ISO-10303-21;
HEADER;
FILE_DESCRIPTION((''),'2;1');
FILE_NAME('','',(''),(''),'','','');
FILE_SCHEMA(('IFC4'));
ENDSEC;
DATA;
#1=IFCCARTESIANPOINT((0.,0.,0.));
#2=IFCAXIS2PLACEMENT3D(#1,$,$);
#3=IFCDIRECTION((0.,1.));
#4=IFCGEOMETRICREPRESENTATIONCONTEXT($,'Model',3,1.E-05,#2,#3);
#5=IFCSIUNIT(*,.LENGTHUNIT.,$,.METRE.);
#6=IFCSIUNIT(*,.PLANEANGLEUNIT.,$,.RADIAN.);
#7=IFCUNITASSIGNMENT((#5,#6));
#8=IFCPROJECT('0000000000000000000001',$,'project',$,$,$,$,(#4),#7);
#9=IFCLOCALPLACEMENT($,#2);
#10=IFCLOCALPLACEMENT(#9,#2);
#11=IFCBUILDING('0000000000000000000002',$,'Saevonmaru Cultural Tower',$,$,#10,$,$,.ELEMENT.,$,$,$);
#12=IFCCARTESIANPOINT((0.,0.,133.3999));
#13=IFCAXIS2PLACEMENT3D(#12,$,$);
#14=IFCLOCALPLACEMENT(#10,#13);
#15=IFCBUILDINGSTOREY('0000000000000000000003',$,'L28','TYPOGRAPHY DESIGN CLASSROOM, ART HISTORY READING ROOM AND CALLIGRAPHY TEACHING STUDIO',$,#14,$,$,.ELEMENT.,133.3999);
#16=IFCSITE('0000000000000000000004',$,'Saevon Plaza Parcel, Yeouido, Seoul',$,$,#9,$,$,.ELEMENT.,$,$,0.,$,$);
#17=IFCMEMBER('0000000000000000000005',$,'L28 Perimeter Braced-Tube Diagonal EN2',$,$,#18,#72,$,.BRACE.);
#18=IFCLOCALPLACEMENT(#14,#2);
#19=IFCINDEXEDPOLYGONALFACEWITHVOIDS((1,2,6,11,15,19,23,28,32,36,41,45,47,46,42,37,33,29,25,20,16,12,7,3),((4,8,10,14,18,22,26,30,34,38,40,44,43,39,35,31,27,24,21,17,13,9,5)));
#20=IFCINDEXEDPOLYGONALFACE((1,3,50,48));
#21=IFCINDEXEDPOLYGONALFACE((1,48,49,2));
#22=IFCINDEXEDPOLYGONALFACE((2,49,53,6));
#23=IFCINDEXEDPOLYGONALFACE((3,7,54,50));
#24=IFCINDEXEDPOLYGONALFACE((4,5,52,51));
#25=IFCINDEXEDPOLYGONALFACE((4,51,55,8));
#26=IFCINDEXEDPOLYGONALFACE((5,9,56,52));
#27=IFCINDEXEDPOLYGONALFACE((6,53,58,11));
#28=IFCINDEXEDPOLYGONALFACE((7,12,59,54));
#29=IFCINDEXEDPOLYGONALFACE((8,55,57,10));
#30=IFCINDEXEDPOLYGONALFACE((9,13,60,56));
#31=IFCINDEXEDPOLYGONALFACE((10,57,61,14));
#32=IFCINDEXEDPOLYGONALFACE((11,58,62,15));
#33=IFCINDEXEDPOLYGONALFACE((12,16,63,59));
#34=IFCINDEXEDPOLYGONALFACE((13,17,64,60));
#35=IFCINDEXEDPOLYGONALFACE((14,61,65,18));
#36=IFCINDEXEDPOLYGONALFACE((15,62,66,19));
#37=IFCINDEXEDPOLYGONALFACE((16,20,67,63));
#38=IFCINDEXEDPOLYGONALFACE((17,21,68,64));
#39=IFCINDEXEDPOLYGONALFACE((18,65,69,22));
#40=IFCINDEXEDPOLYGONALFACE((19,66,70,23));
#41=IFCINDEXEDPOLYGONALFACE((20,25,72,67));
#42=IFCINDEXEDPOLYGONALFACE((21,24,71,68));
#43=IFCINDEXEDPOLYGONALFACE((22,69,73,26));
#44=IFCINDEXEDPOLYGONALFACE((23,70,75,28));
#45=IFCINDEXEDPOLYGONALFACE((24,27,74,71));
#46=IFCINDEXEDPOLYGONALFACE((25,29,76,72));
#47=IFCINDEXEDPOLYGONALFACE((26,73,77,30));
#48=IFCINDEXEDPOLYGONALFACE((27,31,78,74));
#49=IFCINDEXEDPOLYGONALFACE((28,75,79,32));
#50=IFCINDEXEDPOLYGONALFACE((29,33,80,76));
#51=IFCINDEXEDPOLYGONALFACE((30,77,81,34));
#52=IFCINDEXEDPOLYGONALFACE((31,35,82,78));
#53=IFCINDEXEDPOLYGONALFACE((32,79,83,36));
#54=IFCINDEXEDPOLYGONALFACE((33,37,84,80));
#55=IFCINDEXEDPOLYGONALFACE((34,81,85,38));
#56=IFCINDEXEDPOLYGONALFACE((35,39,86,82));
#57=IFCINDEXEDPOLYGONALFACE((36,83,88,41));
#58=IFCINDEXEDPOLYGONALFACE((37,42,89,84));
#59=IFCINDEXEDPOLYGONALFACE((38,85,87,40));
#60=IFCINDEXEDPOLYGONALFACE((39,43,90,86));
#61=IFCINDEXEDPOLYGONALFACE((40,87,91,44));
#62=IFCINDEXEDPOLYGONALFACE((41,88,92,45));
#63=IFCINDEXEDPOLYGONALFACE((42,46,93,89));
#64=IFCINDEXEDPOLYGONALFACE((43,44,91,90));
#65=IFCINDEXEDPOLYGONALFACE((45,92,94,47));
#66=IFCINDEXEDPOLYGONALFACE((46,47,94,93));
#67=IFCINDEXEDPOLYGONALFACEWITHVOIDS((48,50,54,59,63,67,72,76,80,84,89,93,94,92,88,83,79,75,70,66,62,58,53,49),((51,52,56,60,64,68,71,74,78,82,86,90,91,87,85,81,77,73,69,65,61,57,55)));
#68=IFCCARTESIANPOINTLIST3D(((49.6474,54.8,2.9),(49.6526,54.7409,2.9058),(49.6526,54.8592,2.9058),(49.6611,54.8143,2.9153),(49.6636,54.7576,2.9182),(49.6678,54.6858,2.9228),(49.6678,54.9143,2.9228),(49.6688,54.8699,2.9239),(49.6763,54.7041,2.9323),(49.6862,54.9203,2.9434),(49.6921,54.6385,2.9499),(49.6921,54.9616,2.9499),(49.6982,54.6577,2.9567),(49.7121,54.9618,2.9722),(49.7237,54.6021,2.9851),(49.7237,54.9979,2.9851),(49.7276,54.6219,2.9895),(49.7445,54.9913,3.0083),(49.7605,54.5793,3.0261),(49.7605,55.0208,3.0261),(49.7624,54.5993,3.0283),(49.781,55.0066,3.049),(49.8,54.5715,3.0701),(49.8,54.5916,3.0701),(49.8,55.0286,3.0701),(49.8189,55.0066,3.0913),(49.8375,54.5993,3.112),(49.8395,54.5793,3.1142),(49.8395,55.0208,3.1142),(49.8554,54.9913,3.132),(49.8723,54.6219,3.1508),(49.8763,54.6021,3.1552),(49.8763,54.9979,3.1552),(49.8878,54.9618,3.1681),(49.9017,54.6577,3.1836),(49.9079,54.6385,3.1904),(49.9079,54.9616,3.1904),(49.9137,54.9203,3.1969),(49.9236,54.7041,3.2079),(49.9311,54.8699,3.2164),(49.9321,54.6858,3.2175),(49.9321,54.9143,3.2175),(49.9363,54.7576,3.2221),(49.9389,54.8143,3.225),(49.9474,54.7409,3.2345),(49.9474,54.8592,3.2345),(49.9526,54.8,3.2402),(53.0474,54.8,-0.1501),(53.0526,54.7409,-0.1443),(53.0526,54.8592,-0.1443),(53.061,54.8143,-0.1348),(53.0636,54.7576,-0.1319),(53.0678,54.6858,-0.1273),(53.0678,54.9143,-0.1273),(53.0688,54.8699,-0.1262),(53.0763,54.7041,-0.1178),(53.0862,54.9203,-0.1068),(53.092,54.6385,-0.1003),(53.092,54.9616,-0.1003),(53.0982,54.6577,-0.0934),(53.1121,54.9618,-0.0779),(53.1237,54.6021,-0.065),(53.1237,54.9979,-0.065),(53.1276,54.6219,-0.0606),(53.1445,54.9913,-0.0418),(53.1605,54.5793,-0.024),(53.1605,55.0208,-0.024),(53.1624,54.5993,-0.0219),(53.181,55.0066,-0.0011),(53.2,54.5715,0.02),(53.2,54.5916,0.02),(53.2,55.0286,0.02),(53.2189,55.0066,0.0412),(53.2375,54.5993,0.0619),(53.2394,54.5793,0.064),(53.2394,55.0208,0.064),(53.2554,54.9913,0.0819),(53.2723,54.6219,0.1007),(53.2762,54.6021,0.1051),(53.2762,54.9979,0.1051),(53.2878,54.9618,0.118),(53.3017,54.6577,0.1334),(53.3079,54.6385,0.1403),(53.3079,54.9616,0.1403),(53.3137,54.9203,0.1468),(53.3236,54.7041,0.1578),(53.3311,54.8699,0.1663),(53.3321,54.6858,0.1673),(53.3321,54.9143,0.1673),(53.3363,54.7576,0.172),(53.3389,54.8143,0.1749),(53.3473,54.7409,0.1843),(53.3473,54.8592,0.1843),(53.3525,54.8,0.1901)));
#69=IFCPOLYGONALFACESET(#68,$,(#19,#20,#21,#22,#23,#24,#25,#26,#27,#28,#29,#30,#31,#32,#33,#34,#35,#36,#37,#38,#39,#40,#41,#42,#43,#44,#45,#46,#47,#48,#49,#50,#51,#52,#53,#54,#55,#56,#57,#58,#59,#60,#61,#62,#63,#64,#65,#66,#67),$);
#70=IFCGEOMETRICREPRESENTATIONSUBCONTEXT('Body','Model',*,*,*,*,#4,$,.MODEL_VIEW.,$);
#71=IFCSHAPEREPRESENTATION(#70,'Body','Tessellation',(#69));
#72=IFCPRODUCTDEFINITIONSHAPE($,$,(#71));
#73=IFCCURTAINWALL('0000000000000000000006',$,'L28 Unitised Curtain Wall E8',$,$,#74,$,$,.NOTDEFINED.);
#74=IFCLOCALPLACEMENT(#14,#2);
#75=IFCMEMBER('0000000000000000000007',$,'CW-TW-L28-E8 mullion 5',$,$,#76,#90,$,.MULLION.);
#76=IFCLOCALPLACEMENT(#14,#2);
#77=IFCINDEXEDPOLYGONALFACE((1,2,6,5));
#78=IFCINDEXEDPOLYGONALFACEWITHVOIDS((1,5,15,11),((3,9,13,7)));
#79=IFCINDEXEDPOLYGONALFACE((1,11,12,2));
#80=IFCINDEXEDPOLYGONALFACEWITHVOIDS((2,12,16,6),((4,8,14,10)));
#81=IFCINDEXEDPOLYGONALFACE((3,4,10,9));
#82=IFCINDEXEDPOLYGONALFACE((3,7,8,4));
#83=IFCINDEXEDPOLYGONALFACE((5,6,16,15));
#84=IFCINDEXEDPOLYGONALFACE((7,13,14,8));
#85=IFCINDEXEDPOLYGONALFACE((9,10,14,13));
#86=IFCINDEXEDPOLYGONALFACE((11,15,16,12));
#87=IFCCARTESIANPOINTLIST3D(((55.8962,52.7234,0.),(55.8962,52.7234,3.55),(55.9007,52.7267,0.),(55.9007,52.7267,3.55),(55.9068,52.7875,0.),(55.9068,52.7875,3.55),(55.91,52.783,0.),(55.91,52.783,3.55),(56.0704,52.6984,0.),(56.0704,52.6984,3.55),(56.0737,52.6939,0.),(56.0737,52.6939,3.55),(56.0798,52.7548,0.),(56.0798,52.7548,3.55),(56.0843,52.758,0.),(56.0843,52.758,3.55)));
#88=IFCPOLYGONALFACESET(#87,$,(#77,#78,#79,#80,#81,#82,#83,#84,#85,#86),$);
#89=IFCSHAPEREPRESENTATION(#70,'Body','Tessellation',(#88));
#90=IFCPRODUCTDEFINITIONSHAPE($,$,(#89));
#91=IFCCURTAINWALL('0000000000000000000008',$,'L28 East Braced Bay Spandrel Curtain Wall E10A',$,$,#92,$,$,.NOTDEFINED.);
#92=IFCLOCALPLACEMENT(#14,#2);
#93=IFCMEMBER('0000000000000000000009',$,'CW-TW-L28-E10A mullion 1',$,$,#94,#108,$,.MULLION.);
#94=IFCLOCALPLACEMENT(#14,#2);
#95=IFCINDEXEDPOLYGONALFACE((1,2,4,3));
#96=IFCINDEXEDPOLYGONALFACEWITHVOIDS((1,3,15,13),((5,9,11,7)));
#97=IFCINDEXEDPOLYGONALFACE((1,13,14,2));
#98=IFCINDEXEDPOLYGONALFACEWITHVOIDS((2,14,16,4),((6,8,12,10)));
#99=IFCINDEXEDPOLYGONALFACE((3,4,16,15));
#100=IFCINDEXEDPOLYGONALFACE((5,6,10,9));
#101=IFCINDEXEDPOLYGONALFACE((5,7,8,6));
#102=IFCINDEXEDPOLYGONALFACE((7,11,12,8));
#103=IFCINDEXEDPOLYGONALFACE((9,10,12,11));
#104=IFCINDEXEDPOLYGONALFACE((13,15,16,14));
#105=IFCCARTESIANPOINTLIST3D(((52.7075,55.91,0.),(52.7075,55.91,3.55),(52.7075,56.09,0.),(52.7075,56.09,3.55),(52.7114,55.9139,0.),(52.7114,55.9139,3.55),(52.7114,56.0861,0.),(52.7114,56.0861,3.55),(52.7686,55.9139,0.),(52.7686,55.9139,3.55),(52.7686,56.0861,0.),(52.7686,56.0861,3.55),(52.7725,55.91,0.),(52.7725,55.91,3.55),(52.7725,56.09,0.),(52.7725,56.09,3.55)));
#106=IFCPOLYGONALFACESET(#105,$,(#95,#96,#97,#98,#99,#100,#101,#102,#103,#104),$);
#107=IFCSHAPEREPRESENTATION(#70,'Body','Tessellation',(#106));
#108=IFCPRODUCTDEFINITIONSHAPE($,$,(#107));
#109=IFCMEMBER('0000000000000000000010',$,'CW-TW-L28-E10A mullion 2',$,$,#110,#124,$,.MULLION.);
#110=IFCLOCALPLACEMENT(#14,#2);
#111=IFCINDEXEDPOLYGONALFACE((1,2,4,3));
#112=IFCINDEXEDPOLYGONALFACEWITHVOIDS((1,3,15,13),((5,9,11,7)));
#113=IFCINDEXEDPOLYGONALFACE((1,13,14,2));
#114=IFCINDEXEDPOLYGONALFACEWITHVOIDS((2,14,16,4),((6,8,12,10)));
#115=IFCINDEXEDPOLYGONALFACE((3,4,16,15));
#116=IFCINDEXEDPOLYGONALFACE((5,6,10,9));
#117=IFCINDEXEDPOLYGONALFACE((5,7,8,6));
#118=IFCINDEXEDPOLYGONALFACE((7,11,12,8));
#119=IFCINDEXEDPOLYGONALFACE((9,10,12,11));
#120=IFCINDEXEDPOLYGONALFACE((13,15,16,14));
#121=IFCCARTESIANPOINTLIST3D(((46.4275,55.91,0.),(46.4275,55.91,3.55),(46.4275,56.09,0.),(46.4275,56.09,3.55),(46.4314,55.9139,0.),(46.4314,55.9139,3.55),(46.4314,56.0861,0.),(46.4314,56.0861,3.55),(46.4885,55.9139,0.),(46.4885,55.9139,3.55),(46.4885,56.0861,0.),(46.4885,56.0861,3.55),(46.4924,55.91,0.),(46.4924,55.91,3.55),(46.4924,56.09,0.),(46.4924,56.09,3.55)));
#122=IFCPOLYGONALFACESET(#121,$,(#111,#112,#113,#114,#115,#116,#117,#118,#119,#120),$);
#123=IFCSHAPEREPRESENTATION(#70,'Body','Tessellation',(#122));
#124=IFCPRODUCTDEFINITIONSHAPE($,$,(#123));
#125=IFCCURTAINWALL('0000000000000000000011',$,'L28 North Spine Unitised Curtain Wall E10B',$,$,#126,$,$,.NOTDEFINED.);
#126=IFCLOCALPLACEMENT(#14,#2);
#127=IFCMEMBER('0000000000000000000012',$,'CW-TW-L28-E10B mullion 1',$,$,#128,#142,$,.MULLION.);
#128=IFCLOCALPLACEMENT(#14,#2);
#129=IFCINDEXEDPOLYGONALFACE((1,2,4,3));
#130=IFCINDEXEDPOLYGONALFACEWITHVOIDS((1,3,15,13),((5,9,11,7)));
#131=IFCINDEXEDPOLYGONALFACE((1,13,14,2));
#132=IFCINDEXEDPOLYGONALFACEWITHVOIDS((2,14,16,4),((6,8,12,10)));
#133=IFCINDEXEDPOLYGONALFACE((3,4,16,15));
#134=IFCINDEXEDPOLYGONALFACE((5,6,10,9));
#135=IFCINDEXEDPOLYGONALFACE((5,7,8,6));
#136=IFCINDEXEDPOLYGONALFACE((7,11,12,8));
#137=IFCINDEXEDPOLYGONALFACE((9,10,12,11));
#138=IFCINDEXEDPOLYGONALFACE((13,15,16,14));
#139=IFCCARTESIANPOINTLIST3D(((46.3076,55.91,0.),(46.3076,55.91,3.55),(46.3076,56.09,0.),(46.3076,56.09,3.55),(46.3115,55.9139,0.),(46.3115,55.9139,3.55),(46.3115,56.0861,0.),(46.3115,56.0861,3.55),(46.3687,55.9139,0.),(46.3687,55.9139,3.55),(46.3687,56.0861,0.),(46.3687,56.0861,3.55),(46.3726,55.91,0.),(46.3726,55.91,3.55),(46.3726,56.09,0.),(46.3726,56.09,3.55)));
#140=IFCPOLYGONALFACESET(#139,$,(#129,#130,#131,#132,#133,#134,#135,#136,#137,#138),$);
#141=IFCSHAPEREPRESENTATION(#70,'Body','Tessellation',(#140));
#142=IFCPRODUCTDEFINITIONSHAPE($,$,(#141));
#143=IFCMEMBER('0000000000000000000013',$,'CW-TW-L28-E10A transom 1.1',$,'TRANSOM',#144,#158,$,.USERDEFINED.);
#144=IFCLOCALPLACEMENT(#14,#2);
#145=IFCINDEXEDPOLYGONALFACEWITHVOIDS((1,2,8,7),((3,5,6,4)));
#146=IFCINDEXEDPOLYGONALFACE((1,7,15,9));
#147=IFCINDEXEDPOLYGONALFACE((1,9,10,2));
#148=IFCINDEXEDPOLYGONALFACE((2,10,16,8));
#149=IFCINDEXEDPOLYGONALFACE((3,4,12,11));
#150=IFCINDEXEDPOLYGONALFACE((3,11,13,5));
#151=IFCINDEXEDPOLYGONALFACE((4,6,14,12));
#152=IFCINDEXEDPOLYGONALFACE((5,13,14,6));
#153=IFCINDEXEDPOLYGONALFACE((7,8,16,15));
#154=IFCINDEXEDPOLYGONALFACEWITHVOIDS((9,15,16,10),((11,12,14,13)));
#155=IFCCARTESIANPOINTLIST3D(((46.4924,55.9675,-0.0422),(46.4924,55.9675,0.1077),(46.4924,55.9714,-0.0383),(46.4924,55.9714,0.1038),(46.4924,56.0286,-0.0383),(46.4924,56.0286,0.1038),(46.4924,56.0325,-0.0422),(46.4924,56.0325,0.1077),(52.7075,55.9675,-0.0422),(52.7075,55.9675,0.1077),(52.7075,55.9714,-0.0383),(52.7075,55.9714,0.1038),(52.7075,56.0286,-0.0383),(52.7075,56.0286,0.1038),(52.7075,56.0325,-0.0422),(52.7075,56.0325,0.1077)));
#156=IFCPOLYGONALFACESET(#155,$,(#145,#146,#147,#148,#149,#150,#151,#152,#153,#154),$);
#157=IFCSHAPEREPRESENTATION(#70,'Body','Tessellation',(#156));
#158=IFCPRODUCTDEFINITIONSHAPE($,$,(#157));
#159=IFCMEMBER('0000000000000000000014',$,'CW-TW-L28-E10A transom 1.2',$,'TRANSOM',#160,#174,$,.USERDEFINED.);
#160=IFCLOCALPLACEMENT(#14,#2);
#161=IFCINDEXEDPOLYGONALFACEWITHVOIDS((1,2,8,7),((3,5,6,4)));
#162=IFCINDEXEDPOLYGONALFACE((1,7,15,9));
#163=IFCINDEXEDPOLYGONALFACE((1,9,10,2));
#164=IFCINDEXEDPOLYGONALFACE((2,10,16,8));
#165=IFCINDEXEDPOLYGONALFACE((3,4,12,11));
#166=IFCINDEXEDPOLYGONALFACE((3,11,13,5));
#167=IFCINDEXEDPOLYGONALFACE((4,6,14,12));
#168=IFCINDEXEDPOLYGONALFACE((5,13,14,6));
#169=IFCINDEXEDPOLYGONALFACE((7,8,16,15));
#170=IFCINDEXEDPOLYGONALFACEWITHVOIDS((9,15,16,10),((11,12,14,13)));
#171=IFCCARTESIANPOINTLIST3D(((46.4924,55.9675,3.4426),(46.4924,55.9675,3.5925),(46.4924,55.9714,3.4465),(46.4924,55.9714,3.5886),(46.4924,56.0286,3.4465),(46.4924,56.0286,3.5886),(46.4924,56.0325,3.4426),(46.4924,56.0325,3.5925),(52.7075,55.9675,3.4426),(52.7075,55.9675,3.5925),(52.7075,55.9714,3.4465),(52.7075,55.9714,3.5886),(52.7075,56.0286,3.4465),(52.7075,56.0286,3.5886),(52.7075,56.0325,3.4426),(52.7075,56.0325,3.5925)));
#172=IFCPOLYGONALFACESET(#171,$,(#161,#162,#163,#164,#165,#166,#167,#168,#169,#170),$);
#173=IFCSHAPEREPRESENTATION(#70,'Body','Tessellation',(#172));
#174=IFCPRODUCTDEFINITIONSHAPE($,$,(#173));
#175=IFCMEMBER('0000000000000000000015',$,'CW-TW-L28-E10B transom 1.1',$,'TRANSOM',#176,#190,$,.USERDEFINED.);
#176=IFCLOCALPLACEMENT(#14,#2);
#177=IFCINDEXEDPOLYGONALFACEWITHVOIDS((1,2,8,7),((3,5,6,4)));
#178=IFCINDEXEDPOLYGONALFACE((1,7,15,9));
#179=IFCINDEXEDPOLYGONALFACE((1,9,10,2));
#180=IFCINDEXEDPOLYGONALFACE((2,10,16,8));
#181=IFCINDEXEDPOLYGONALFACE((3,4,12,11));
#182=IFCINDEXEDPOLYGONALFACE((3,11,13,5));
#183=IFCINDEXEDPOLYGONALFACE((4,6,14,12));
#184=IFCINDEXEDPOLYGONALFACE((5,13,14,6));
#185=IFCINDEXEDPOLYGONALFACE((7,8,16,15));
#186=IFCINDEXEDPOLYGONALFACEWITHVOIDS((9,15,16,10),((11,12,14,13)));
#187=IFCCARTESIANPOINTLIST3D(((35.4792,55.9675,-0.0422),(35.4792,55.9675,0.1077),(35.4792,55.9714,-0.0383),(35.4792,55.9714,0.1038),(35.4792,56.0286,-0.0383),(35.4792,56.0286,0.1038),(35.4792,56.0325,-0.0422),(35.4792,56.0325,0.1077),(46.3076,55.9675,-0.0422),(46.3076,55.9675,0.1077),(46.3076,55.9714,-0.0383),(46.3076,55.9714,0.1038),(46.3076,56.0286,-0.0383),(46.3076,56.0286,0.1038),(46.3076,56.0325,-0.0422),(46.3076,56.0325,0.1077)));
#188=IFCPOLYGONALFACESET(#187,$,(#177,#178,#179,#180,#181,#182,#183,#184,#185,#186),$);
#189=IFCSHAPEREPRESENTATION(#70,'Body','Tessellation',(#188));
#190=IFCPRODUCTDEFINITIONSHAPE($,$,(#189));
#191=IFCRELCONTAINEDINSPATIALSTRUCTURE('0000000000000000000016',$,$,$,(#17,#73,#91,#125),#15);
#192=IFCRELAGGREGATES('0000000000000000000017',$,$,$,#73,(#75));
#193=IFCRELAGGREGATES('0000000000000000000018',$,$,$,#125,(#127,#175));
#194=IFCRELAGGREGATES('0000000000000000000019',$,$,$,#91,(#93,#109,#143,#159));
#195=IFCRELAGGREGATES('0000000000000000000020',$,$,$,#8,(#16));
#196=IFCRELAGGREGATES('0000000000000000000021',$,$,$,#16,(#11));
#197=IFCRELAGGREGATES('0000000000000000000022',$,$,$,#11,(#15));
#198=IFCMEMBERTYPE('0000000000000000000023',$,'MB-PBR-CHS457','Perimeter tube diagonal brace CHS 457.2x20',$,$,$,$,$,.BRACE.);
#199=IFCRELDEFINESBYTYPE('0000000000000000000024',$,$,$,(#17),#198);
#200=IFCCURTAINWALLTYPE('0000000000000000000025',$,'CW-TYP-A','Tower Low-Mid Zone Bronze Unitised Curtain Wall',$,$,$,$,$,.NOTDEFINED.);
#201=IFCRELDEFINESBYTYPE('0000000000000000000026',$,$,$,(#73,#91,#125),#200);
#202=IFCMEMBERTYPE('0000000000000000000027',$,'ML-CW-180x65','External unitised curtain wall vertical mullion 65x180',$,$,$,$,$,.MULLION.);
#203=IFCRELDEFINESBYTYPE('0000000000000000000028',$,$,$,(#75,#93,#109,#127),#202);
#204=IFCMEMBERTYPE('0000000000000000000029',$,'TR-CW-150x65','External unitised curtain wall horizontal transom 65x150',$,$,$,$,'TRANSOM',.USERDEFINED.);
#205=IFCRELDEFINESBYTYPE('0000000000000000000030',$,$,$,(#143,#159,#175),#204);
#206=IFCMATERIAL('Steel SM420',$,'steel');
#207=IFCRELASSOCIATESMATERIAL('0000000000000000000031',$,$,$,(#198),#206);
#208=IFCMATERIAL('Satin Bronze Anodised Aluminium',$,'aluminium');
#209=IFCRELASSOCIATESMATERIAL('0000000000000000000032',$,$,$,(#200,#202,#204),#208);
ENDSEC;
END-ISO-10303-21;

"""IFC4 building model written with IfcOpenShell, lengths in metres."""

from ifc_helpers import new_model, si_unit, direction, frame, origin, origin_2d, place, context, subcontext, project, spatial, hollow_rectangle, hollow_circle, extrude, material, material_profile, profile_set, type_object, element, aggregate, save


model = new_model("IFC4")

# Units and contexts
model_context = context("Model", 3, precision=1e-05, world=origin(), true_north=direction((0.0, 1.0)))
body_context = subcontext(model_context, "Body", "Model", "MODEL_VIEW")
ifc_project = project(units=[si_unit("LENGTHUNIT", "METRE"), si_unit("PLANEANGLEUNIT", "RADIAN")], contexts=[model_context])

# Site, building, storey
site_placement = place(None, origin())
site = spatial("IfcSite", under=ifc_project, at=site_placement, Name="Saevon Plaza Parcel, Yeouido, Seoul", CompositionType="ELEMENT", RefElevation=0.0)
building_placement = place(site_placement, origin())
building = spatial("IfcBuilding", under=site, at=building_placement, Name="Saevonmaru Cultural Tower", CompositionType="ELEMENT")
storey_placement = place(building_placement, frame((0.0, 0.0, 133.3999)))
storey = spatial("IfcBuildingStorey", under=building, at=storey_placement, Name="L28", Description="TYPOGRAPHY DESIGN CLASSROOM, ART HISTORY READING ROOM AND CALLIGRAPHY TEACHING STUDIO", CompositionType="ELEMENT", Elevation=133.3999)

# Shared definitions
ifc_material_1 = material(Name="Steel SM420", Category="steel")

# Member
ifc_material_profile_1 = material_profile(ifc_material_1, hollow_circle(Radius=0.2285, WallThickness=0.02, at=origin_2d()), Name="CHS-457.2x20")
ifc_profile_set_1 = profile_set([ifc_material_profile_1], Name="Steel SM420")
member_type_1 = type_object("IfcMemberType", Name="MB-PBR-CHS457", Description="Perimeter tube diagonal brace CHS 457.2x20", PredefinedType="BRACE", material=ifc_profile_set_1)
for number, where, z_axis, x_axis, name in (
    (1, (53.2, 54.8, 0.02), (-0.744367, 0.0, 0.667771), (0.0, -1.0, 0.0), "L28 Perimeter Braced-Tube Diagonal EN2"),
):
    element("IfcMember", number, at=place(storey_placement, frame(where, z_axis=z_axis, x_axis=x_axis)), inside=storey, type_object=member_type_1, Name=name, PredefinedType="BRACE", context=body_context, shape_type="SweptSolid", body=[
        extrude(hollow_circle(Radius=0.2285, WallThickness=0.02, at=origin_2d()), origin(), (0.0, 0.0, 1.0), 4.5676),
    ])

# Curtain wall, member
ifc_material_2 = material(Name="Satin Bronze Anodised Aluminium", Category="aluminium")
curtain_wall_type = type_object("IfcCurtainWallType", Name="CW-TYP-A", Description="Tower Low-Mid Zone Bronze Unitised Curtain Wall", PredefinedType="NOTDEFINED", material=ifc_material_2)
curtain_wall_1_placement = place(storey_placement, origin())
curtain_wall_1 = element("IfcCurtainWall", 2, at=curtain_wall_1_placement, inside=storey, type_object=curtain_wall_type, Name="L28 Unitised Curtain Wall E8", PredefinedType="NOTDEFINED")
ifc_material_profile_2 = material_profile(ifc_material_2, hollow_rectangle(XDim=0.0649, YDim=0.1799, WallThickness=0.0039, at=origin_2d()), Name="ALU-MULL-180x65x4")
ifc_profile_set_2 = profile_set([ifc_material_profile_2], Name="Satin Bronze Anodised Aluminium")
member_type_2 = type_object("IfcMemberType", Name="ML-CW-180x65", Description="External unitised curtain wall vertical mullion 65x180", PredefinedType="MULLION", material=ifc_profile_set_2)
member_1_placement = place(storey_placement, frame((55.9902, 52.7407, 0.0), z_axis=(0.0, 0.0, 1.0), x_axis=(0.163999, 0.986461, 0.0)))
member_1 = element("IfcMember", 3, at=member_1_placement, type_object=member_type_2, Name="CW-TW-L28-E8 mullion 5", PredefinedType="MULLION", context=body_context, shape_type="SweptSolid", body=[
    extrude(hollow_rectangle(XDim=0.0649, YDim=0.1799, WallThickness=0.0039, at=origin_2d()), origin(), (0.0, 0.0, 1.0), 3.55),
])
aggregate(curtain_wall_1, [member_1])

# Curtain wall, members
curtain_wall_2_placement = place(storey_placement, origin())
curtain_wall_2 = element("IfcCurtainWall", 4, at=curtain_wall_2_placement, inside=storey, type_object=curtain_wall_type, Name="L28 East Braced Bay Spandrel Curtain Wall E10A", PredefinedType="NOTDEFINED")
member_2_placement = place(storey_placement, frame((52.74, 56.0, 0.0), z_axis=(0.0, 0.0, 1.0), x_axis=(-1.0, 0.0, 0.0)))
member_2 = element("IfcMember", 5, at=member_2_placement, type_object=member_type_2, Name="CW-TW-L28-E10A mullion 1", PredefinedType="MULLION", context=body_context, shape_type="SweptSolid", body=[
    extrude(hollow_rectangle(XDim=0.0649, YDim=0.1799, WallThickness=0.0039, at=origin_2d()), origin(), (0.0, 0.0, 1.0), 3.55),
])
member_3_placement = place(storey_placement, frame((46.46, 56.0, 0.0), z_axis=(0.0, 0.0, 1.0), x_axis=(-1.0, 0.0, 0.0)))
member_3 = element("IfcMember", 6, at=member_3_placement, type_object=member_type_2, Name="CW-TW-L28-E10A mullion 2", PredefinedType="MULLION", context=body_context, shape_type="SweptSolid", body=[
    extrude(hollow_rectangle(XDim=0.0649, YDim=0.1799, WallThickness=0.0039, at=origin_2d()), origin(), (0.0, 0.0, 1.0), 3.55),
])

# Curtain wall, member
curtain_wall_3_placement = place(storey_placement, origin())
curtain_wall_3 = element("IfcCurtainWall", 7, at=curtain_wall_3_placement, inside=storey, type_object=curtain_wall_type, Name="L28 North Spine Unitised Curtain Wall E10B", PredefinedType="NOTDEFINED")
member_4_placement = place(storey_placement, frame((46.3401, 56.0, 0.0), z_axis=(0.0, 0.0, 1.0), x_axis=(-1.0, 0.0, 0.0)))
member_4 = element("IfcMember", 8, at=member_4_placement, type_object=member_type_2, Name="CW-TW-L28-E10B mullion 1", PredefinedType="MULLION", context=body_context, shape_type="SweptSolid", body=[
    extrude(hollow_rectangle(XDim=0.0649, YDim=0.1799, WallThickness=0.0039, at=origin_2d()), origin(), (0.0, 0.0, 1.0), 3.55),
])

# Members
ifc_material_profile_3 = material_profile(ifc_material_2, hollow_rectangle(XDim=0.0649, YDim=0.1499, WallThickness=0.0039, at=origin_2d()), Name="ALU-TRAN-150x65x4")
ifc_profile_set_3 = profile_set([ifc_material_profile_3], Name="Satin Bronze Anodised Aluminium")
member_type_3 = type_object("IfcMemberType", Name="TR-CW-150x65", Description="External unitised curtain wall horizontal transom 65x150", ElementType="TRANSOM", PredefinedType="USERDEFINED", material=ifc_profile_set_3)
member_5_placement = place(storey_placement, frame((52.7075, 56.0, 0.0327), z_axis=(-1.0, 0.0, 0.0), x_axis=(0.0, -1.0, 0.0)))
member_5 = element("IfcMember", 9, at=member_5_placement, type_object=member_type_3, Name="CW-TW-L28-E10A transom 1.1", ObjectType="TRANSOM", PredefinedType="USERDEFINED", context=body_context, shape_type="SweptSolid", body=[
    extrude(hollow_rectangle(XDim=0.0649, YDim=0.1499, WallThickness=0.0039, at=origin_2d()), origin(), (0.0, 0.0, 1.0), 6.2151),
])
member_6_placement = place(storey_placement, frame((52.7075, 56.0, 3.5176), z_axis=(-1.0, 0.0, 0.0), x_axis=(0.0, -1.0, 0.0)))
member_6 = element("IfcMember", 10, at=member_6_placement, type_object=member_type_3, Name="CW-TW-L28-E10A transom 1.2", ObjectType="TRANSOM", PredefinedType="USERDEFINED", context=body_context, shape_type="SweptSolid", body=[
    extrude(hollow_rectangle(XDim=0.0649, YDim=0.1499, WallThickness=0.0039, at=origin_2d()), origin(), (0.0, 0.0, 1.0), 6.2151),
])
member_7_placement = place(storey_placement, frame((46.3076, 56.0, 0.0327), z_axis=(-1.0, 0.0, 0.0), x_axis=(0.0, -1.0, 0.0)))
member_7 = element("IfcMember", 11, at=member_7_placement, type_object=member_type_3, Name="CW-TW-L28-E10B transom 1.1", ObjectType="TRANSOM", PredefinedType="USERDEFINED", context=body_context, shape_type="SweptSolid", body=[
    extrude(hollow_rectangle(XDim=0.0649, YDim=0.1499, WallThickness=0.0039, at=origin_2d()), origin(), (0.0, 0.0, 1.0), 10.8284),
])
aggregate(curtain_wall_3, [member_4, member_7])

aggregate(curtain_wall_2, [member_2, member_3, member_5, member_6])

save(model, "model.ifc")
